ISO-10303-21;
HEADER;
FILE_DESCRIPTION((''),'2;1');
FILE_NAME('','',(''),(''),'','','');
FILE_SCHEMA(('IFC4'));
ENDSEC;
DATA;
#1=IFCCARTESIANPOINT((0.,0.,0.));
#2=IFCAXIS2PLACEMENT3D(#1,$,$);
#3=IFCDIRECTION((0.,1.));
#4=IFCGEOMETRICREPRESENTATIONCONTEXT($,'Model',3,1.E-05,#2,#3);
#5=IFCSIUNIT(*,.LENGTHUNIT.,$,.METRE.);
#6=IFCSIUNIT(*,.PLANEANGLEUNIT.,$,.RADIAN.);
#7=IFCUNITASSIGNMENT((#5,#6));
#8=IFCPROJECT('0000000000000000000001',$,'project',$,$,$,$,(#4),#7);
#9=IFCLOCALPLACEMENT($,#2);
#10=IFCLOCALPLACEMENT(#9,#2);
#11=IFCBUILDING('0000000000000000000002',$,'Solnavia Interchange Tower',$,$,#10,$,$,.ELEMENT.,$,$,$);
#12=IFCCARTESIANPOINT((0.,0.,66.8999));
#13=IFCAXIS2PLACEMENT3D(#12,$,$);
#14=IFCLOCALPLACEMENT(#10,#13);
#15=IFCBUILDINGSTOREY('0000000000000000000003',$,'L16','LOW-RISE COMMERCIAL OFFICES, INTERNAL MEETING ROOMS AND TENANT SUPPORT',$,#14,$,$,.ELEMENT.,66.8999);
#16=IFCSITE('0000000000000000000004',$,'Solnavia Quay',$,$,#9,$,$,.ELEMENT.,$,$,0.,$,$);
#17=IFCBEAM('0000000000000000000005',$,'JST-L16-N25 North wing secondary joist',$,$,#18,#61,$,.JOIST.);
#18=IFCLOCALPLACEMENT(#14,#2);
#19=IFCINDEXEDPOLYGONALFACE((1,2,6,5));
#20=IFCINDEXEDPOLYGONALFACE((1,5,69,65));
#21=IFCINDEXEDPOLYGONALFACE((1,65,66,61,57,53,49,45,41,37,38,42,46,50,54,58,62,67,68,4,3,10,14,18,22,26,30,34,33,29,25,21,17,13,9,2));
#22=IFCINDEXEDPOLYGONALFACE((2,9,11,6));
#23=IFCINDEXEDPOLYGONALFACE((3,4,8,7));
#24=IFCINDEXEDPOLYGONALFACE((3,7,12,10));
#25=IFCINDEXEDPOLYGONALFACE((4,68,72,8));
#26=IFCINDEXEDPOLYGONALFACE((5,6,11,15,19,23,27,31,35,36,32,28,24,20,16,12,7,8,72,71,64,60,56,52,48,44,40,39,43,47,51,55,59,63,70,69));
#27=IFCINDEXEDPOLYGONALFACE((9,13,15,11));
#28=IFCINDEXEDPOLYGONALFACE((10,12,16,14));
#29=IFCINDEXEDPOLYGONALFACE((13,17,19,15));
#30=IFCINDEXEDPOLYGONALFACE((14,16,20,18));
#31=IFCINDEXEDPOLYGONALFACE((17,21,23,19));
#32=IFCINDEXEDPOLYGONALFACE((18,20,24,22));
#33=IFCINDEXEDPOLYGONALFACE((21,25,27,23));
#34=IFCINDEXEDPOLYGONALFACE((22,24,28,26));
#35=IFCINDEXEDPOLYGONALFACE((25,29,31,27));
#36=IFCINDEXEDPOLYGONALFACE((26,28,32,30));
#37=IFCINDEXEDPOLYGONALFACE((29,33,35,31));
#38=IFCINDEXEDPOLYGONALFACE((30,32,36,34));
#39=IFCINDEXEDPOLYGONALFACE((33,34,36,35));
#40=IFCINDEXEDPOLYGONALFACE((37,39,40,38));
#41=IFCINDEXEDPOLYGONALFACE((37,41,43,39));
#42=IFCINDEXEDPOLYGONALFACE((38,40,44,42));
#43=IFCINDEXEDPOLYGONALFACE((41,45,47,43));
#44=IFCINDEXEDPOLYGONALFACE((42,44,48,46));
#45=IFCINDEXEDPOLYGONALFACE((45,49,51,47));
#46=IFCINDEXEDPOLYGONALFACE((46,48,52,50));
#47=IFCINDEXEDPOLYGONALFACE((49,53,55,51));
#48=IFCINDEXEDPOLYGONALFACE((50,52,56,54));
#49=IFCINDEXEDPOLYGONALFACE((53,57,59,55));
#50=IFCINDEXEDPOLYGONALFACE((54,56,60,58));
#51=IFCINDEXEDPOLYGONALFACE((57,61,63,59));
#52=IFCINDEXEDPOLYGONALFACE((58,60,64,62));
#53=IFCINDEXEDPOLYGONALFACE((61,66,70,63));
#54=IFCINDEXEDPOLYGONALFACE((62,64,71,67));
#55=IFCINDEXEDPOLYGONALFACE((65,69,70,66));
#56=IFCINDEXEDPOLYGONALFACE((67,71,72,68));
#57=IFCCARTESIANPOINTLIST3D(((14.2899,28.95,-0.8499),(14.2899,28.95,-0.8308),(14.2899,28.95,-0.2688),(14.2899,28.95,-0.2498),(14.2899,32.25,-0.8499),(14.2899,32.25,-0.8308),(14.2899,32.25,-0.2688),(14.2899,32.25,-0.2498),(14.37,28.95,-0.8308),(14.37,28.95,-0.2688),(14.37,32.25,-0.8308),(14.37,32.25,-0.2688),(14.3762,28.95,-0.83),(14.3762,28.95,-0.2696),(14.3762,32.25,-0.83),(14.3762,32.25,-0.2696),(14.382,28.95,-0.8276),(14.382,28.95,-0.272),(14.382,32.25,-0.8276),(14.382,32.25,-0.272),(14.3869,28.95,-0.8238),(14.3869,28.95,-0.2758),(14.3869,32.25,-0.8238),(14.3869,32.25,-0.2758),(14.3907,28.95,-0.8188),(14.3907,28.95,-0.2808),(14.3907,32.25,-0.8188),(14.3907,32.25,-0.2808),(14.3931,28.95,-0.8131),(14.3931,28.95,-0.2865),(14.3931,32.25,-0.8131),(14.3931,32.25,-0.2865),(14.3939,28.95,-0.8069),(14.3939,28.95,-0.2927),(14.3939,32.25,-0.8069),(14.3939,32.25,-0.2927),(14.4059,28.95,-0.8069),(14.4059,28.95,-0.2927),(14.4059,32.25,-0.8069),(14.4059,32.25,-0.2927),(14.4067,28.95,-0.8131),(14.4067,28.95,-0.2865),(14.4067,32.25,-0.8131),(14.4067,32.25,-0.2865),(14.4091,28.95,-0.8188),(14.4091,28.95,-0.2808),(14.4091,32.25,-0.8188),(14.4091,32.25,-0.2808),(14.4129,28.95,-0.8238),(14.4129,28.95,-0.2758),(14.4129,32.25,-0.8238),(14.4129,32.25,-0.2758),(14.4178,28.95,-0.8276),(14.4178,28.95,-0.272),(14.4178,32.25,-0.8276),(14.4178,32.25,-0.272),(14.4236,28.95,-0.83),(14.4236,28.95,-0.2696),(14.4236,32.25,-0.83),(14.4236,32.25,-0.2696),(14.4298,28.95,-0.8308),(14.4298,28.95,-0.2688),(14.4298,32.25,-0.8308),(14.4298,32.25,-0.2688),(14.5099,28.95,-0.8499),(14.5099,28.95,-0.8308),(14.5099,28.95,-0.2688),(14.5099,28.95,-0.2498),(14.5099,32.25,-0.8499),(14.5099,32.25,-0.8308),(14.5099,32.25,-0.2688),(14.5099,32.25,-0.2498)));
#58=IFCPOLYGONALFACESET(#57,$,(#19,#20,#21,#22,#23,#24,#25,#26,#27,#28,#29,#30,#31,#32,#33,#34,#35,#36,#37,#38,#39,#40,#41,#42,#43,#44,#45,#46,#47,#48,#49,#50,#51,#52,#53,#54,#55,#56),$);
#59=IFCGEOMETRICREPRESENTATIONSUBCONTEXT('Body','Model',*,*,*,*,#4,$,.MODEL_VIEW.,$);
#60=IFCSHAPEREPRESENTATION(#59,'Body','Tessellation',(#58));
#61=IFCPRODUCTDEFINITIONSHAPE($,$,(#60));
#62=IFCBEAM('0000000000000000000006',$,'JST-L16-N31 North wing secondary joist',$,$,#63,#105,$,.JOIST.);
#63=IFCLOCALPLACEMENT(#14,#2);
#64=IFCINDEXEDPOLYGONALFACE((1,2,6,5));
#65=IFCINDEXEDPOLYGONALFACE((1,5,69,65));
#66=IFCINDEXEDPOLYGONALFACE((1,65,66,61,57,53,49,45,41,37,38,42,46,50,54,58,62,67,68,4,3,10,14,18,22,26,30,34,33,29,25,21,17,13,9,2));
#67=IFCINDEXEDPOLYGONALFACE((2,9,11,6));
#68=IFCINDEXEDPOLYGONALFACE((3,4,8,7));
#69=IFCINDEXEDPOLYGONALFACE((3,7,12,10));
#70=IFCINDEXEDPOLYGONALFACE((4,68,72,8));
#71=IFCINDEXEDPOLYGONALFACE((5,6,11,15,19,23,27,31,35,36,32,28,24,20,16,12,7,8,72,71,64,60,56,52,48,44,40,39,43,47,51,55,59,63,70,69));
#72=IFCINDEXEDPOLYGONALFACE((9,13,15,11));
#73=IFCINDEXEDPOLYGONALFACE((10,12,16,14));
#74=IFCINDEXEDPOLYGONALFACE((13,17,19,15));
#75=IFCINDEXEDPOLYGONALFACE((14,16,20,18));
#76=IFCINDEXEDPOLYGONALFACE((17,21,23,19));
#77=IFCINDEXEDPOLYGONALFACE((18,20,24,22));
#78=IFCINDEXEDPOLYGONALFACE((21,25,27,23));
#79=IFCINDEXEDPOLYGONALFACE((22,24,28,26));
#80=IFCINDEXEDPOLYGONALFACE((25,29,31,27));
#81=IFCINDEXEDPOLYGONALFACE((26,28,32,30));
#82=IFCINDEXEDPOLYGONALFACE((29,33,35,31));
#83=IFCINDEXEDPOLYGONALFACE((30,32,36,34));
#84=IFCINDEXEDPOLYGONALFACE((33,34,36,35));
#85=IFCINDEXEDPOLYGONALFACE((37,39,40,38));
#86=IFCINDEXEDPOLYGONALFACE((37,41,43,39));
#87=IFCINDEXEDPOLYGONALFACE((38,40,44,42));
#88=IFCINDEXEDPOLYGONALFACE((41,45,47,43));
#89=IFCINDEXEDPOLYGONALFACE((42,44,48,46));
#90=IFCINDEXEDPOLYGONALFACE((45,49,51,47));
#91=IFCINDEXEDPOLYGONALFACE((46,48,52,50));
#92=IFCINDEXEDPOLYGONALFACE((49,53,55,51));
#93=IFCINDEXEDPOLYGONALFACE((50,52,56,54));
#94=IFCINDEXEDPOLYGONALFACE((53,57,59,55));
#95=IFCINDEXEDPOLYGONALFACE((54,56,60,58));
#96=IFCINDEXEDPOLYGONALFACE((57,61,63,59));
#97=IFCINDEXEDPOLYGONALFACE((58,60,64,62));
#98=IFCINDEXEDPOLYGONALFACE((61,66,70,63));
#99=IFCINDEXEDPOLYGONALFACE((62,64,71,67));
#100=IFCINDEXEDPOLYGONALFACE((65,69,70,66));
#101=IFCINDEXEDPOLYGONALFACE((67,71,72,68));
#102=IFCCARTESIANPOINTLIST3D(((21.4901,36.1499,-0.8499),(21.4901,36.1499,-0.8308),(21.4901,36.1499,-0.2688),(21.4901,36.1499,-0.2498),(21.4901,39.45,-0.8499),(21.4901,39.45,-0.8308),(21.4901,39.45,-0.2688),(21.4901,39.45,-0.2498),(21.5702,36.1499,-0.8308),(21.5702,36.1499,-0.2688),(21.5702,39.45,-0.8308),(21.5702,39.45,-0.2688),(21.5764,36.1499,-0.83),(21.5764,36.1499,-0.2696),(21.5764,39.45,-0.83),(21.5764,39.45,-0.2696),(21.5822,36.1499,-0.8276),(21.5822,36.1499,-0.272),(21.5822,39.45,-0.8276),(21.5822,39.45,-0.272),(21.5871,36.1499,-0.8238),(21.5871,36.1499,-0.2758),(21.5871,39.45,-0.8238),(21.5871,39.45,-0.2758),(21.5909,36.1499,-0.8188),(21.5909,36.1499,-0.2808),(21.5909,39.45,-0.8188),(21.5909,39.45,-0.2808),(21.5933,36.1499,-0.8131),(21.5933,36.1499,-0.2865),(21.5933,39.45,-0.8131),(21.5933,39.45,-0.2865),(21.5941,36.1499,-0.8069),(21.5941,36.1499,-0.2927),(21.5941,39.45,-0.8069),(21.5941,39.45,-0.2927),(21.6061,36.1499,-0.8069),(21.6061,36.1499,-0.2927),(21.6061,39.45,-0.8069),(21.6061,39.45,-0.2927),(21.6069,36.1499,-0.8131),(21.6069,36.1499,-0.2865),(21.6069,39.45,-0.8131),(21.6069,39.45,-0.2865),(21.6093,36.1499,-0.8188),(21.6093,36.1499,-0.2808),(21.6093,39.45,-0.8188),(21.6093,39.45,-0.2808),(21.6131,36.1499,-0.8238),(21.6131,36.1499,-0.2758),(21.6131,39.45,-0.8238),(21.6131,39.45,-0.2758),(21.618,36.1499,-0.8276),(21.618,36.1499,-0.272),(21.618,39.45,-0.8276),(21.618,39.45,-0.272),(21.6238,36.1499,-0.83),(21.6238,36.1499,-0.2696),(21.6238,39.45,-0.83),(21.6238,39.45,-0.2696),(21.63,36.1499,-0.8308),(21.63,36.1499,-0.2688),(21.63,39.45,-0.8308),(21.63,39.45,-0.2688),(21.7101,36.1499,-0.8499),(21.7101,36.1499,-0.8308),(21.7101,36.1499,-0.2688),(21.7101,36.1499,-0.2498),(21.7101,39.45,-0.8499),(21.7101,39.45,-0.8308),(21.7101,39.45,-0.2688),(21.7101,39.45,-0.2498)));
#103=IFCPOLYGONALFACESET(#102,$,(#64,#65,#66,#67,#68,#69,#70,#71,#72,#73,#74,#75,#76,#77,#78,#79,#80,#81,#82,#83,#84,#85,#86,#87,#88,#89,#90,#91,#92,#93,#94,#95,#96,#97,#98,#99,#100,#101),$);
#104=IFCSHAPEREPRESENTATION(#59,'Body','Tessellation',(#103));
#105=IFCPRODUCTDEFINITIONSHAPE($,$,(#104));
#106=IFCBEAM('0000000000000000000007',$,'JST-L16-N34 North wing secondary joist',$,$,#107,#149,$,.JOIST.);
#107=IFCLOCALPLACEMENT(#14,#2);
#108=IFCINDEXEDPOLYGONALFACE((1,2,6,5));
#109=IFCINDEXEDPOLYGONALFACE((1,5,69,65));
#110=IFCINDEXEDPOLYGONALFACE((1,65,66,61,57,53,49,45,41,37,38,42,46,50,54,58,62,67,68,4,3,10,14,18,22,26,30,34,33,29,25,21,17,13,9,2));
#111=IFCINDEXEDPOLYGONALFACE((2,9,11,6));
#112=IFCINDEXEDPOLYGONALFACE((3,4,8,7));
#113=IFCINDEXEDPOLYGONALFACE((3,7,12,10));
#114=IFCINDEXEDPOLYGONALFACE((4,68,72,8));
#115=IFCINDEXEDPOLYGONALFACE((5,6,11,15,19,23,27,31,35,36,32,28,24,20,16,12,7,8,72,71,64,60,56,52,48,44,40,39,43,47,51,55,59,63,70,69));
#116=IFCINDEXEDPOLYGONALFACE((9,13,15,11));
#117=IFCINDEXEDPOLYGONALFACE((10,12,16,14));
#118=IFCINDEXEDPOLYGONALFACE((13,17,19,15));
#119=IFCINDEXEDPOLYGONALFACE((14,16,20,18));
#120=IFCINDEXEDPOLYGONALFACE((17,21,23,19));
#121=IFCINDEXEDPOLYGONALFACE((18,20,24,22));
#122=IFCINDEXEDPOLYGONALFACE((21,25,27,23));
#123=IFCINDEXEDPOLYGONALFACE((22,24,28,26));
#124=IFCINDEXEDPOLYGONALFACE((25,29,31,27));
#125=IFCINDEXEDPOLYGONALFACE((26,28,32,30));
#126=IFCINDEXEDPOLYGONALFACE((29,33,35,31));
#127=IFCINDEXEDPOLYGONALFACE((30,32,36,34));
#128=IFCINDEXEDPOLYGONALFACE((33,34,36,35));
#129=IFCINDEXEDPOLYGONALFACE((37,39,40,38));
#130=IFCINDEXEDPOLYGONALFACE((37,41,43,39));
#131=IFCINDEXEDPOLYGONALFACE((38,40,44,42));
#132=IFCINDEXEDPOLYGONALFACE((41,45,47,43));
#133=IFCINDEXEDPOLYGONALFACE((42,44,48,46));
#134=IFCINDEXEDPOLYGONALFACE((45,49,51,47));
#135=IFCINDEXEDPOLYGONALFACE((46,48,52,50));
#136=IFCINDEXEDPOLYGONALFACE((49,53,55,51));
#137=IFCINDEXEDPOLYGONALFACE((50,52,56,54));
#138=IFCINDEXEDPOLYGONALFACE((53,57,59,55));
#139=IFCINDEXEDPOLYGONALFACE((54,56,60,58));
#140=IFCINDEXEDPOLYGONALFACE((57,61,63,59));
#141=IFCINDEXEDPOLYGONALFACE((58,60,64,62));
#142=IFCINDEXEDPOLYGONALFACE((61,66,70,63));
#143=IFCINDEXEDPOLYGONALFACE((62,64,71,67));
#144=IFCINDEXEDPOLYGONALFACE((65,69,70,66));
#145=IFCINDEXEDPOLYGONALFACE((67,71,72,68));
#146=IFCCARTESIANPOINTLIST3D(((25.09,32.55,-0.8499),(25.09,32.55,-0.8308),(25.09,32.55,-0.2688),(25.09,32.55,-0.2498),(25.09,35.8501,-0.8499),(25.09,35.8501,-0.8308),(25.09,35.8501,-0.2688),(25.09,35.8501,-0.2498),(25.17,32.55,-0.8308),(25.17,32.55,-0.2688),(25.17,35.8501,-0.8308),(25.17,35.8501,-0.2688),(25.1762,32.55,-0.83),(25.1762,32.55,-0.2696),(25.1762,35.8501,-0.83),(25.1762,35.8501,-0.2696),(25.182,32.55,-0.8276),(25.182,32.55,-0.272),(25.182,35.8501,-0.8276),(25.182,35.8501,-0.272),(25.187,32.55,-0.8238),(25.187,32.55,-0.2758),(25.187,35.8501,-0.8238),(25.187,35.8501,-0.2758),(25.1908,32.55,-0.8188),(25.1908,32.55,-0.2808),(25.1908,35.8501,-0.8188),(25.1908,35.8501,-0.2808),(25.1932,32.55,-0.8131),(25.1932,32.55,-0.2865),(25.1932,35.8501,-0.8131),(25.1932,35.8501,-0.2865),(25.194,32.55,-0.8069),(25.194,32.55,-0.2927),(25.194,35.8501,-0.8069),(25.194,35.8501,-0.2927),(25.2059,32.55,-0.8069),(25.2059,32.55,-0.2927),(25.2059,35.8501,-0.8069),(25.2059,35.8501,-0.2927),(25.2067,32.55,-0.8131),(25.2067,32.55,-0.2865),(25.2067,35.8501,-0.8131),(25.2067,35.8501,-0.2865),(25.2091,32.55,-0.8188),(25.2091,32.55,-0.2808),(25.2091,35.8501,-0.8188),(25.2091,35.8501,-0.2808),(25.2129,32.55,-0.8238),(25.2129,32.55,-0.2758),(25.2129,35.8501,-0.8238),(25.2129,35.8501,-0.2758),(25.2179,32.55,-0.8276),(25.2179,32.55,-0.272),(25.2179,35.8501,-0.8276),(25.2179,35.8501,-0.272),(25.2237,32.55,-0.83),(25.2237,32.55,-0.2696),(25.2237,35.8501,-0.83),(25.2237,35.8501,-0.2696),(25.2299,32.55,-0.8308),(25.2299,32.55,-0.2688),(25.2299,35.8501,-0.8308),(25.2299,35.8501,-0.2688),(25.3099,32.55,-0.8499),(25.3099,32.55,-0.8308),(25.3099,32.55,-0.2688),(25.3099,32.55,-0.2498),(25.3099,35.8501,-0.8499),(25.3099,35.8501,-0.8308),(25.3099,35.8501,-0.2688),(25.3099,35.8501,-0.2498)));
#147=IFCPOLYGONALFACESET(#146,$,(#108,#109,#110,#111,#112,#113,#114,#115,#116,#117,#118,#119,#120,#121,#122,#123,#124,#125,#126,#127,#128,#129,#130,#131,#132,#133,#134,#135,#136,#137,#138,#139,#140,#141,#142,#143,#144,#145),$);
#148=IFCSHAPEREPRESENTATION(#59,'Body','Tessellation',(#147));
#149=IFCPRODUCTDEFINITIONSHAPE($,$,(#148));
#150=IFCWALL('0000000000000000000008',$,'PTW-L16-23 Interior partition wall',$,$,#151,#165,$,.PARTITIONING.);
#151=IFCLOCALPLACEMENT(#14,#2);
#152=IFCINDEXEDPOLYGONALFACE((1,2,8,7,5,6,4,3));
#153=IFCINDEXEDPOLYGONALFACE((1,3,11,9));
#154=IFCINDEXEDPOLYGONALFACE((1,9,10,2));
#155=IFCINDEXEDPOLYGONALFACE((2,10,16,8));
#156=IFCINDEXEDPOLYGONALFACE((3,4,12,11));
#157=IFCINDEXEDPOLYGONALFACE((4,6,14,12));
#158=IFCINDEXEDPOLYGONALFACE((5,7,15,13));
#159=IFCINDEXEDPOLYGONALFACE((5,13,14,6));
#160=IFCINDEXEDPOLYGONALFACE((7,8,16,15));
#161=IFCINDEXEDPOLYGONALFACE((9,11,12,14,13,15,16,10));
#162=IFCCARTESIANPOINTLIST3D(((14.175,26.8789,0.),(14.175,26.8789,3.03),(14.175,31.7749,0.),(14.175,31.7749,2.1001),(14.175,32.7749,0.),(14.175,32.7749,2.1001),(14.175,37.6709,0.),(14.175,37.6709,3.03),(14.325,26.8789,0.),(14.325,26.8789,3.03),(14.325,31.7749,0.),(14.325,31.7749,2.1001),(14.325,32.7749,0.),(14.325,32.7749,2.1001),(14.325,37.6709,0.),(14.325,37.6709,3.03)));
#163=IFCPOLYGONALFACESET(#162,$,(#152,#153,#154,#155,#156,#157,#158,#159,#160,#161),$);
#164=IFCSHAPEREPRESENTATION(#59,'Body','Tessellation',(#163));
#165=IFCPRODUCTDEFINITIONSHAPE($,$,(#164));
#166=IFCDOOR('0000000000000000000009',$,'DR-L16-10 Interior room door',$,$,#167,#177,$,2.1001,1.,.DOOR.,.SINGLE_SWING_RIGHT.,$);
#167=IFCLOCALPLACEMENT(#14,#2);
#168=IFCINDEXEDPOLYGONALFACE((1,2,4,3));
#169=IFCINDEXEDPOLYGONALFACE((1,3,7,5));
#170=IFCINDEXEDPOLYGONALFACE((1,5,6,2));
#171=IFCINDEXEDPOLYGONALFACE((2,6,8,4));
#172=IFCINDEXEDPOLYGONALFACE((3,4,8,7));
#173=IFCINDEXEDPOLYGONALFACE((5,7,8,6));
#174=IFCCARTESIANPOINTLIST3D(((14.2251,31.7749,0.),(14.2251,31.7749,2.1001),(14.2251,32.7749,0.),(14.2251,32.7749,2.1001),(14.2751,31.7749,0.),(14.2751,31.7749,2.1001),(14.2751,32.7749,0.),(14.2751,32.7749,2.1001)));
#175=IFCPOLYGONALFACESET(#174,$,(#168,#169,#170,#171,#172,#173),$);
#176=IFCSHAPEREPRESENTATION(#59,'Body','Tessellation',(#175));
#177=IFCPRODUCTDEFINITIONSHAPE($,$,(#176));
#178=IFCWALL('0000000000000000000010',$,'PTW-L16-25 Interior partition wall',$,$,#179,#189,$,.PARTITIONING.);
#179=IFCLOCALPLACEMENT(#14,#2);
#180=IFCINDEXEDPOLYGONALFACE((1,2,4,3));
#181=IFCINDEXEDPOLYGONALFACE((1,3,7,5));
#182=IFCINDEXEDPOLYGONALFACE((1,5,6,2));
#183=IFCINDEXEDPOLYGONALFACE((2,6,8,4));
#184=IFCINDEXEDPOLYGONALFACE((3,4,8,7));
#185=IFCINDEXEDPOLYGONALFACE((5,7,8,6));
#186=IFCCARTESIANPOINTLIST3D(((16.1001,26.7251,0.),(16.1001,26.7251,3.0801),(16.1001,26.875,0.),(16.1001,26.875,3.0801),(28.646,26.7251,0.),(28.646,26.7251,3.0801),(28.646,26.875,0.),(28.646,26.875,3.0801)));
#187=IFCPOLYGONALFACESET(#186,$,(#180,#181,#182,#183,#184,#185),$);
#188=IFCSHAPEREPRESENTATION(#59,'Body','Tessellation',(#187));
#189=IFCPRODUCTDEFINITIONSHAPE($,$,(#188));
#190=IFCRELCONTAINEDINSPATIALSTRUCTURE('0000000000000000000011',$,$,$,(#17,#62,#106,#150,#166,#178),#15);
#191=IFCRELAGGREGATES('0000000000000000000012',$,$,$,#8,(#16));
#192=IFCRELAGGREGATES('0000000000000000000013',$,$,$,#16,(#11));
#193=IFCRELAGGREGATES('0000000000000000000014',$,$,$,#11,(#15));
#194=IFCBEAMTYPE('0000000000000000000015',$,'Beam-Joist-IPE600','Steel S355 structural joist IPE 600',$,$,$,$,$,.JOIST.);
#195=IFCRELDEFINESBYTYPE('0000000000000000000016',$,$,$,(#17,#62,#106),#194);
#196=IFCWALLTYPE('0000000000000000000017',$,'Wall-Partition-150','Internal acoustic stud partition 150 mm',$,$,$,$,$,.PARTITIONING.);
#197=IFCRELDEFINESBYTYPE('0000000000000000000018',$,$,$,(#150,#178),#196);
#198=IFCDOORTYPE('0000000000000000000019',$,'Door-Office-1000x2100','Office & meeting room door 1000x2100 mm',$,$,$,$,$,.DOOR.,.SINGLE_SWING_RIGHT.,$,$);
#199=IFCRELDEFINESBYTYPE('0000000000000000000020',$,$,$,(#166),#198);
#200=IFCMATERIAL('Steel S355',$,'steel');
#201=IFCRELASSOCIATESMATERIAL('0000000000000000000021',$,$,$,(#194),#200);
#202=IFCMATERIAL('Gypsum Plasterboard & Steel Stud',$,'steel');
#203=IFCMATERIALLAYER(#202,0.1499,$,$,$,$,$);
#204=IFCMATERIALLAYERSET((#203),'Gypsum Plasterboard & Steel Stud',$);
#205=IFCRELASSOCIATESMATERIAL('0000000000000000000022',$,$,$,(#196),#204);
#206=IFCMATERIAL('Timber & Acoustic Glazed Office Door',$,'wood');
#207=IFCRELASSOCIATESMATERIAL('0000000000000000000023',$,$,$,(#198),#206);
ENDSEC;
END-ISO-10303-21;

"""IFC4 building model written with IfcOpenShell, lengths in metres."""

from ifc_helpers import new_model, si_unit, direction, frame, frame_2d, origin, origin_2d, place, context, subcontext, project, spatial, rectangle, i_section, extrude, material, layer, layer_set, material_profile, profile_set, type_object, element, fill, save


model = new_model("IFC4")

# Units and contexts
model_context = context("Model", 3, precision=1e-05, world=origin(), true_north=direction((0.0, 1.0)))
body_context = subcontext(model_context, "Body", "Model", "MODEL_VIEW")
ifc_project = project(units=[si_unit("LENGTHUNIT", "METRE"), si_unit("PLANEANGLEUNIT", "RADIAN")], contexts=[model_context])

# Site, building, storey
site_placement = place(None, origin())
site = spatial("IfcSite", under=ifc_project, at=site_placement, Name="Solnavia Quay", CompositionType="ELEMENT", RefElevation=0.0)
building_placement = place(site_placement, origin())
building = spatial("IfcBuilding", under=site, at=building_placement, Name="Solnavia Interchange Tower", CompositionType="ELEMENT")
storey_placement = place(building_placement, frame((0.0, 0.0, 66.8999)))
storey = spatial("IfcBuildingStorey", under=building, at=storey_placement, Name="L16", Description="LOW-RISE COMMERCIAL OFFICES, INTERNAL MEETING ROOMS AND TENANT SUPPORT", CompositionType="ELEMENT", Elevation=66.8999)

# Shared definitions
ifc_material_1 = material(Name="Steel S355", Category="steel")

# Beams
ifc_material_profile_1 = material_profile(ifc_material_1, i_section(OverallWidth=0.22, OverallDepth=0.6001, WebThickness=0.012, FlangeThickness=0.019, FilletRadius=0.0239, at=origin_2d()), Name="IPE 600")
ifc_profile_set_1 = profile_set([ifc_material_profile_1], Name="Steel S355")
beam_type_1 = type_object("IfcBeamType", Name="Beam-Joist-IPE600", Description="Steel S355 structural joist IPE 600", PredefinedType="JOIST", material=ifc_profile_set_1)
for number, where, z_axis, x_axis, name in (
    (1, (14.3999, 28.95, -0.5498), (0.0, 1.0, 0.0), (-1.0, 0.0, 0.0), "JST-L16-N25 North wing secondary joist"),
    (2, (21.6001, 36.1499, -0.5498), (0.0, 1.0, 0.0), (-1.0, 0.0, 0.0), "JST-L16-N31 North wing secondary joist"),
    (3, (25.2, 32.55, -0.5498), (0.0, 1.0, 0.0), (-1.0, 0.0, 0.0), "JST-L16-N34 North wing secondary joist"),
):
    element("IfcBeam", number, at=place(storey_placement, frame(where, z_axis=z_axis, x_axis=x_axis)), inside=storey, type_object=beam_type_1, Name=name, PredefinedType="JOIST", context=body_context, shape_type="SweptSolid", body=[
        extrude(i_section(OverallWidth=0.22, OverallDepth=0.6001, WebThickness=0.012, FlangeThickness=0.019, FilletRadius=0.0239, at=origin_2d()), origin(), (0.0, 0.0, 1.0), 3.3),
    ])

# Wall, opening, door
ifc_material_2 = material(Name="Gypsum Plasterboard & Steel Stud", Category="steel")
ifc_layer_1 = layer(ifc_material_2, 0.1499)
ifc_layer_set_1 = layer_set([ifc_layer_1], Name="Gypsum Plasterboard & Steel Stud")
wall_type_1 = type_object("IfcWallType", Name="Wall-Partition-150", Description="Internal acoustic stud partition 150 mm", PredefinedType="PARTITIONING", material=ifc_layer_set_1)
wall_1_placement = place(storey_placement, frame((14.25, 26.8789, 0.0), z_axis=(0.0, 0.0, 1.0), x_axis=(0.0, 1.0, 0.0)))
wall_1 = element("IfcWall", 4, at=wall_1_placement, inside=storey, type_object=wall_type_1, Name="PTW-L16-23 Interior partition wall", PredefinedType="PARTITIONING", context=body_context, shape_type="SweptSolid", body=[
    extrude(rectangle(XDim=10.792, YDim=0.1499, at=frame_2d((5.396, 0.0))), origin(), (0.0, 0.0, 1.0), 3.03),
])
opening_1_placement = place(wall_1_placement, frame((4.896, 0.0, 0.0)))
opening_1 = element("IfcOpeningElement", 5, at=opening_1_placement, cuts=wall_1, PredefinedType="OPENING", context=body_context, shape_type="SweptSolid", body=[
    extrude(rectangle(XDim=1.0, YDim=2.1001, at=frame_2d((0.5, 1.05))), frame((0.0, 0.085, 0.0), z_axis=(0.0, -1.0, 0.0), x_axis=(1.0, 0.0, 0.0)), (0.0, 0.0, 1.0), 0.1699),
])
ifc_material_3 = material(Name="Timber & Acoustic Glazed Office Door", Category="wood")
door_type = type_object("IfcDoorType", Name="Door-Office-1000x2100", Description="Office & meeting room door 1000x2100 mm", OperationType="SINGLE_SWING_RIGHT", PredefinedType="DOOR", material=ifc_material_3)
door_1_placement = place(opening_1_placement, origin())
door_1 = element("IfcDoor", 6, at=door_1_placement, inside=storey, type_object=door_type, Name="DR-L16-10 Interior room door", OperationType="SINGLE_SWING_RIGHT", OverallHeight=2.1001, OverallWidth=1.0, PredefinedType="DOOR", context=body_context, shape_type="SweptSolid", body=[
    extrude(rectangle(XDim=1.0, YDim=2.1001, at=frame_2d((0.5, 1.05))), frame((0.0, 0.0249, 0.0), z_axis=(0.0, -1.0, 0.0), x_axis=(1.0, 0.0, 0.0)), (0.0, 0.0, 1.0), 0.05),
])
fill(opening_1, door_1)

# Wall
wall_2_placement = place(storey_placement, frame((16.1001, 26.8, 0.0), z_axis=(0.0, 0.0, 1.0), x_axis=(1.0, 0.0, 0.0)))
element("IfcWall", 7, at=wall_2_placement, inside=storey, type_object=wall_type_1, Name="PTW-L16-25 Interior partition wall", PredefinedType="PARTITIONING", context=body_context, shape_type="SweptSolid", body=[
    extrude(rectangle(XDim=12.5459, YDim=0.1499, at=frame_2d((6.2729, 0.0))), origin(), (0.0, 0.0, 1.0), 3.0801),
])

save(model, "model.ifc")
